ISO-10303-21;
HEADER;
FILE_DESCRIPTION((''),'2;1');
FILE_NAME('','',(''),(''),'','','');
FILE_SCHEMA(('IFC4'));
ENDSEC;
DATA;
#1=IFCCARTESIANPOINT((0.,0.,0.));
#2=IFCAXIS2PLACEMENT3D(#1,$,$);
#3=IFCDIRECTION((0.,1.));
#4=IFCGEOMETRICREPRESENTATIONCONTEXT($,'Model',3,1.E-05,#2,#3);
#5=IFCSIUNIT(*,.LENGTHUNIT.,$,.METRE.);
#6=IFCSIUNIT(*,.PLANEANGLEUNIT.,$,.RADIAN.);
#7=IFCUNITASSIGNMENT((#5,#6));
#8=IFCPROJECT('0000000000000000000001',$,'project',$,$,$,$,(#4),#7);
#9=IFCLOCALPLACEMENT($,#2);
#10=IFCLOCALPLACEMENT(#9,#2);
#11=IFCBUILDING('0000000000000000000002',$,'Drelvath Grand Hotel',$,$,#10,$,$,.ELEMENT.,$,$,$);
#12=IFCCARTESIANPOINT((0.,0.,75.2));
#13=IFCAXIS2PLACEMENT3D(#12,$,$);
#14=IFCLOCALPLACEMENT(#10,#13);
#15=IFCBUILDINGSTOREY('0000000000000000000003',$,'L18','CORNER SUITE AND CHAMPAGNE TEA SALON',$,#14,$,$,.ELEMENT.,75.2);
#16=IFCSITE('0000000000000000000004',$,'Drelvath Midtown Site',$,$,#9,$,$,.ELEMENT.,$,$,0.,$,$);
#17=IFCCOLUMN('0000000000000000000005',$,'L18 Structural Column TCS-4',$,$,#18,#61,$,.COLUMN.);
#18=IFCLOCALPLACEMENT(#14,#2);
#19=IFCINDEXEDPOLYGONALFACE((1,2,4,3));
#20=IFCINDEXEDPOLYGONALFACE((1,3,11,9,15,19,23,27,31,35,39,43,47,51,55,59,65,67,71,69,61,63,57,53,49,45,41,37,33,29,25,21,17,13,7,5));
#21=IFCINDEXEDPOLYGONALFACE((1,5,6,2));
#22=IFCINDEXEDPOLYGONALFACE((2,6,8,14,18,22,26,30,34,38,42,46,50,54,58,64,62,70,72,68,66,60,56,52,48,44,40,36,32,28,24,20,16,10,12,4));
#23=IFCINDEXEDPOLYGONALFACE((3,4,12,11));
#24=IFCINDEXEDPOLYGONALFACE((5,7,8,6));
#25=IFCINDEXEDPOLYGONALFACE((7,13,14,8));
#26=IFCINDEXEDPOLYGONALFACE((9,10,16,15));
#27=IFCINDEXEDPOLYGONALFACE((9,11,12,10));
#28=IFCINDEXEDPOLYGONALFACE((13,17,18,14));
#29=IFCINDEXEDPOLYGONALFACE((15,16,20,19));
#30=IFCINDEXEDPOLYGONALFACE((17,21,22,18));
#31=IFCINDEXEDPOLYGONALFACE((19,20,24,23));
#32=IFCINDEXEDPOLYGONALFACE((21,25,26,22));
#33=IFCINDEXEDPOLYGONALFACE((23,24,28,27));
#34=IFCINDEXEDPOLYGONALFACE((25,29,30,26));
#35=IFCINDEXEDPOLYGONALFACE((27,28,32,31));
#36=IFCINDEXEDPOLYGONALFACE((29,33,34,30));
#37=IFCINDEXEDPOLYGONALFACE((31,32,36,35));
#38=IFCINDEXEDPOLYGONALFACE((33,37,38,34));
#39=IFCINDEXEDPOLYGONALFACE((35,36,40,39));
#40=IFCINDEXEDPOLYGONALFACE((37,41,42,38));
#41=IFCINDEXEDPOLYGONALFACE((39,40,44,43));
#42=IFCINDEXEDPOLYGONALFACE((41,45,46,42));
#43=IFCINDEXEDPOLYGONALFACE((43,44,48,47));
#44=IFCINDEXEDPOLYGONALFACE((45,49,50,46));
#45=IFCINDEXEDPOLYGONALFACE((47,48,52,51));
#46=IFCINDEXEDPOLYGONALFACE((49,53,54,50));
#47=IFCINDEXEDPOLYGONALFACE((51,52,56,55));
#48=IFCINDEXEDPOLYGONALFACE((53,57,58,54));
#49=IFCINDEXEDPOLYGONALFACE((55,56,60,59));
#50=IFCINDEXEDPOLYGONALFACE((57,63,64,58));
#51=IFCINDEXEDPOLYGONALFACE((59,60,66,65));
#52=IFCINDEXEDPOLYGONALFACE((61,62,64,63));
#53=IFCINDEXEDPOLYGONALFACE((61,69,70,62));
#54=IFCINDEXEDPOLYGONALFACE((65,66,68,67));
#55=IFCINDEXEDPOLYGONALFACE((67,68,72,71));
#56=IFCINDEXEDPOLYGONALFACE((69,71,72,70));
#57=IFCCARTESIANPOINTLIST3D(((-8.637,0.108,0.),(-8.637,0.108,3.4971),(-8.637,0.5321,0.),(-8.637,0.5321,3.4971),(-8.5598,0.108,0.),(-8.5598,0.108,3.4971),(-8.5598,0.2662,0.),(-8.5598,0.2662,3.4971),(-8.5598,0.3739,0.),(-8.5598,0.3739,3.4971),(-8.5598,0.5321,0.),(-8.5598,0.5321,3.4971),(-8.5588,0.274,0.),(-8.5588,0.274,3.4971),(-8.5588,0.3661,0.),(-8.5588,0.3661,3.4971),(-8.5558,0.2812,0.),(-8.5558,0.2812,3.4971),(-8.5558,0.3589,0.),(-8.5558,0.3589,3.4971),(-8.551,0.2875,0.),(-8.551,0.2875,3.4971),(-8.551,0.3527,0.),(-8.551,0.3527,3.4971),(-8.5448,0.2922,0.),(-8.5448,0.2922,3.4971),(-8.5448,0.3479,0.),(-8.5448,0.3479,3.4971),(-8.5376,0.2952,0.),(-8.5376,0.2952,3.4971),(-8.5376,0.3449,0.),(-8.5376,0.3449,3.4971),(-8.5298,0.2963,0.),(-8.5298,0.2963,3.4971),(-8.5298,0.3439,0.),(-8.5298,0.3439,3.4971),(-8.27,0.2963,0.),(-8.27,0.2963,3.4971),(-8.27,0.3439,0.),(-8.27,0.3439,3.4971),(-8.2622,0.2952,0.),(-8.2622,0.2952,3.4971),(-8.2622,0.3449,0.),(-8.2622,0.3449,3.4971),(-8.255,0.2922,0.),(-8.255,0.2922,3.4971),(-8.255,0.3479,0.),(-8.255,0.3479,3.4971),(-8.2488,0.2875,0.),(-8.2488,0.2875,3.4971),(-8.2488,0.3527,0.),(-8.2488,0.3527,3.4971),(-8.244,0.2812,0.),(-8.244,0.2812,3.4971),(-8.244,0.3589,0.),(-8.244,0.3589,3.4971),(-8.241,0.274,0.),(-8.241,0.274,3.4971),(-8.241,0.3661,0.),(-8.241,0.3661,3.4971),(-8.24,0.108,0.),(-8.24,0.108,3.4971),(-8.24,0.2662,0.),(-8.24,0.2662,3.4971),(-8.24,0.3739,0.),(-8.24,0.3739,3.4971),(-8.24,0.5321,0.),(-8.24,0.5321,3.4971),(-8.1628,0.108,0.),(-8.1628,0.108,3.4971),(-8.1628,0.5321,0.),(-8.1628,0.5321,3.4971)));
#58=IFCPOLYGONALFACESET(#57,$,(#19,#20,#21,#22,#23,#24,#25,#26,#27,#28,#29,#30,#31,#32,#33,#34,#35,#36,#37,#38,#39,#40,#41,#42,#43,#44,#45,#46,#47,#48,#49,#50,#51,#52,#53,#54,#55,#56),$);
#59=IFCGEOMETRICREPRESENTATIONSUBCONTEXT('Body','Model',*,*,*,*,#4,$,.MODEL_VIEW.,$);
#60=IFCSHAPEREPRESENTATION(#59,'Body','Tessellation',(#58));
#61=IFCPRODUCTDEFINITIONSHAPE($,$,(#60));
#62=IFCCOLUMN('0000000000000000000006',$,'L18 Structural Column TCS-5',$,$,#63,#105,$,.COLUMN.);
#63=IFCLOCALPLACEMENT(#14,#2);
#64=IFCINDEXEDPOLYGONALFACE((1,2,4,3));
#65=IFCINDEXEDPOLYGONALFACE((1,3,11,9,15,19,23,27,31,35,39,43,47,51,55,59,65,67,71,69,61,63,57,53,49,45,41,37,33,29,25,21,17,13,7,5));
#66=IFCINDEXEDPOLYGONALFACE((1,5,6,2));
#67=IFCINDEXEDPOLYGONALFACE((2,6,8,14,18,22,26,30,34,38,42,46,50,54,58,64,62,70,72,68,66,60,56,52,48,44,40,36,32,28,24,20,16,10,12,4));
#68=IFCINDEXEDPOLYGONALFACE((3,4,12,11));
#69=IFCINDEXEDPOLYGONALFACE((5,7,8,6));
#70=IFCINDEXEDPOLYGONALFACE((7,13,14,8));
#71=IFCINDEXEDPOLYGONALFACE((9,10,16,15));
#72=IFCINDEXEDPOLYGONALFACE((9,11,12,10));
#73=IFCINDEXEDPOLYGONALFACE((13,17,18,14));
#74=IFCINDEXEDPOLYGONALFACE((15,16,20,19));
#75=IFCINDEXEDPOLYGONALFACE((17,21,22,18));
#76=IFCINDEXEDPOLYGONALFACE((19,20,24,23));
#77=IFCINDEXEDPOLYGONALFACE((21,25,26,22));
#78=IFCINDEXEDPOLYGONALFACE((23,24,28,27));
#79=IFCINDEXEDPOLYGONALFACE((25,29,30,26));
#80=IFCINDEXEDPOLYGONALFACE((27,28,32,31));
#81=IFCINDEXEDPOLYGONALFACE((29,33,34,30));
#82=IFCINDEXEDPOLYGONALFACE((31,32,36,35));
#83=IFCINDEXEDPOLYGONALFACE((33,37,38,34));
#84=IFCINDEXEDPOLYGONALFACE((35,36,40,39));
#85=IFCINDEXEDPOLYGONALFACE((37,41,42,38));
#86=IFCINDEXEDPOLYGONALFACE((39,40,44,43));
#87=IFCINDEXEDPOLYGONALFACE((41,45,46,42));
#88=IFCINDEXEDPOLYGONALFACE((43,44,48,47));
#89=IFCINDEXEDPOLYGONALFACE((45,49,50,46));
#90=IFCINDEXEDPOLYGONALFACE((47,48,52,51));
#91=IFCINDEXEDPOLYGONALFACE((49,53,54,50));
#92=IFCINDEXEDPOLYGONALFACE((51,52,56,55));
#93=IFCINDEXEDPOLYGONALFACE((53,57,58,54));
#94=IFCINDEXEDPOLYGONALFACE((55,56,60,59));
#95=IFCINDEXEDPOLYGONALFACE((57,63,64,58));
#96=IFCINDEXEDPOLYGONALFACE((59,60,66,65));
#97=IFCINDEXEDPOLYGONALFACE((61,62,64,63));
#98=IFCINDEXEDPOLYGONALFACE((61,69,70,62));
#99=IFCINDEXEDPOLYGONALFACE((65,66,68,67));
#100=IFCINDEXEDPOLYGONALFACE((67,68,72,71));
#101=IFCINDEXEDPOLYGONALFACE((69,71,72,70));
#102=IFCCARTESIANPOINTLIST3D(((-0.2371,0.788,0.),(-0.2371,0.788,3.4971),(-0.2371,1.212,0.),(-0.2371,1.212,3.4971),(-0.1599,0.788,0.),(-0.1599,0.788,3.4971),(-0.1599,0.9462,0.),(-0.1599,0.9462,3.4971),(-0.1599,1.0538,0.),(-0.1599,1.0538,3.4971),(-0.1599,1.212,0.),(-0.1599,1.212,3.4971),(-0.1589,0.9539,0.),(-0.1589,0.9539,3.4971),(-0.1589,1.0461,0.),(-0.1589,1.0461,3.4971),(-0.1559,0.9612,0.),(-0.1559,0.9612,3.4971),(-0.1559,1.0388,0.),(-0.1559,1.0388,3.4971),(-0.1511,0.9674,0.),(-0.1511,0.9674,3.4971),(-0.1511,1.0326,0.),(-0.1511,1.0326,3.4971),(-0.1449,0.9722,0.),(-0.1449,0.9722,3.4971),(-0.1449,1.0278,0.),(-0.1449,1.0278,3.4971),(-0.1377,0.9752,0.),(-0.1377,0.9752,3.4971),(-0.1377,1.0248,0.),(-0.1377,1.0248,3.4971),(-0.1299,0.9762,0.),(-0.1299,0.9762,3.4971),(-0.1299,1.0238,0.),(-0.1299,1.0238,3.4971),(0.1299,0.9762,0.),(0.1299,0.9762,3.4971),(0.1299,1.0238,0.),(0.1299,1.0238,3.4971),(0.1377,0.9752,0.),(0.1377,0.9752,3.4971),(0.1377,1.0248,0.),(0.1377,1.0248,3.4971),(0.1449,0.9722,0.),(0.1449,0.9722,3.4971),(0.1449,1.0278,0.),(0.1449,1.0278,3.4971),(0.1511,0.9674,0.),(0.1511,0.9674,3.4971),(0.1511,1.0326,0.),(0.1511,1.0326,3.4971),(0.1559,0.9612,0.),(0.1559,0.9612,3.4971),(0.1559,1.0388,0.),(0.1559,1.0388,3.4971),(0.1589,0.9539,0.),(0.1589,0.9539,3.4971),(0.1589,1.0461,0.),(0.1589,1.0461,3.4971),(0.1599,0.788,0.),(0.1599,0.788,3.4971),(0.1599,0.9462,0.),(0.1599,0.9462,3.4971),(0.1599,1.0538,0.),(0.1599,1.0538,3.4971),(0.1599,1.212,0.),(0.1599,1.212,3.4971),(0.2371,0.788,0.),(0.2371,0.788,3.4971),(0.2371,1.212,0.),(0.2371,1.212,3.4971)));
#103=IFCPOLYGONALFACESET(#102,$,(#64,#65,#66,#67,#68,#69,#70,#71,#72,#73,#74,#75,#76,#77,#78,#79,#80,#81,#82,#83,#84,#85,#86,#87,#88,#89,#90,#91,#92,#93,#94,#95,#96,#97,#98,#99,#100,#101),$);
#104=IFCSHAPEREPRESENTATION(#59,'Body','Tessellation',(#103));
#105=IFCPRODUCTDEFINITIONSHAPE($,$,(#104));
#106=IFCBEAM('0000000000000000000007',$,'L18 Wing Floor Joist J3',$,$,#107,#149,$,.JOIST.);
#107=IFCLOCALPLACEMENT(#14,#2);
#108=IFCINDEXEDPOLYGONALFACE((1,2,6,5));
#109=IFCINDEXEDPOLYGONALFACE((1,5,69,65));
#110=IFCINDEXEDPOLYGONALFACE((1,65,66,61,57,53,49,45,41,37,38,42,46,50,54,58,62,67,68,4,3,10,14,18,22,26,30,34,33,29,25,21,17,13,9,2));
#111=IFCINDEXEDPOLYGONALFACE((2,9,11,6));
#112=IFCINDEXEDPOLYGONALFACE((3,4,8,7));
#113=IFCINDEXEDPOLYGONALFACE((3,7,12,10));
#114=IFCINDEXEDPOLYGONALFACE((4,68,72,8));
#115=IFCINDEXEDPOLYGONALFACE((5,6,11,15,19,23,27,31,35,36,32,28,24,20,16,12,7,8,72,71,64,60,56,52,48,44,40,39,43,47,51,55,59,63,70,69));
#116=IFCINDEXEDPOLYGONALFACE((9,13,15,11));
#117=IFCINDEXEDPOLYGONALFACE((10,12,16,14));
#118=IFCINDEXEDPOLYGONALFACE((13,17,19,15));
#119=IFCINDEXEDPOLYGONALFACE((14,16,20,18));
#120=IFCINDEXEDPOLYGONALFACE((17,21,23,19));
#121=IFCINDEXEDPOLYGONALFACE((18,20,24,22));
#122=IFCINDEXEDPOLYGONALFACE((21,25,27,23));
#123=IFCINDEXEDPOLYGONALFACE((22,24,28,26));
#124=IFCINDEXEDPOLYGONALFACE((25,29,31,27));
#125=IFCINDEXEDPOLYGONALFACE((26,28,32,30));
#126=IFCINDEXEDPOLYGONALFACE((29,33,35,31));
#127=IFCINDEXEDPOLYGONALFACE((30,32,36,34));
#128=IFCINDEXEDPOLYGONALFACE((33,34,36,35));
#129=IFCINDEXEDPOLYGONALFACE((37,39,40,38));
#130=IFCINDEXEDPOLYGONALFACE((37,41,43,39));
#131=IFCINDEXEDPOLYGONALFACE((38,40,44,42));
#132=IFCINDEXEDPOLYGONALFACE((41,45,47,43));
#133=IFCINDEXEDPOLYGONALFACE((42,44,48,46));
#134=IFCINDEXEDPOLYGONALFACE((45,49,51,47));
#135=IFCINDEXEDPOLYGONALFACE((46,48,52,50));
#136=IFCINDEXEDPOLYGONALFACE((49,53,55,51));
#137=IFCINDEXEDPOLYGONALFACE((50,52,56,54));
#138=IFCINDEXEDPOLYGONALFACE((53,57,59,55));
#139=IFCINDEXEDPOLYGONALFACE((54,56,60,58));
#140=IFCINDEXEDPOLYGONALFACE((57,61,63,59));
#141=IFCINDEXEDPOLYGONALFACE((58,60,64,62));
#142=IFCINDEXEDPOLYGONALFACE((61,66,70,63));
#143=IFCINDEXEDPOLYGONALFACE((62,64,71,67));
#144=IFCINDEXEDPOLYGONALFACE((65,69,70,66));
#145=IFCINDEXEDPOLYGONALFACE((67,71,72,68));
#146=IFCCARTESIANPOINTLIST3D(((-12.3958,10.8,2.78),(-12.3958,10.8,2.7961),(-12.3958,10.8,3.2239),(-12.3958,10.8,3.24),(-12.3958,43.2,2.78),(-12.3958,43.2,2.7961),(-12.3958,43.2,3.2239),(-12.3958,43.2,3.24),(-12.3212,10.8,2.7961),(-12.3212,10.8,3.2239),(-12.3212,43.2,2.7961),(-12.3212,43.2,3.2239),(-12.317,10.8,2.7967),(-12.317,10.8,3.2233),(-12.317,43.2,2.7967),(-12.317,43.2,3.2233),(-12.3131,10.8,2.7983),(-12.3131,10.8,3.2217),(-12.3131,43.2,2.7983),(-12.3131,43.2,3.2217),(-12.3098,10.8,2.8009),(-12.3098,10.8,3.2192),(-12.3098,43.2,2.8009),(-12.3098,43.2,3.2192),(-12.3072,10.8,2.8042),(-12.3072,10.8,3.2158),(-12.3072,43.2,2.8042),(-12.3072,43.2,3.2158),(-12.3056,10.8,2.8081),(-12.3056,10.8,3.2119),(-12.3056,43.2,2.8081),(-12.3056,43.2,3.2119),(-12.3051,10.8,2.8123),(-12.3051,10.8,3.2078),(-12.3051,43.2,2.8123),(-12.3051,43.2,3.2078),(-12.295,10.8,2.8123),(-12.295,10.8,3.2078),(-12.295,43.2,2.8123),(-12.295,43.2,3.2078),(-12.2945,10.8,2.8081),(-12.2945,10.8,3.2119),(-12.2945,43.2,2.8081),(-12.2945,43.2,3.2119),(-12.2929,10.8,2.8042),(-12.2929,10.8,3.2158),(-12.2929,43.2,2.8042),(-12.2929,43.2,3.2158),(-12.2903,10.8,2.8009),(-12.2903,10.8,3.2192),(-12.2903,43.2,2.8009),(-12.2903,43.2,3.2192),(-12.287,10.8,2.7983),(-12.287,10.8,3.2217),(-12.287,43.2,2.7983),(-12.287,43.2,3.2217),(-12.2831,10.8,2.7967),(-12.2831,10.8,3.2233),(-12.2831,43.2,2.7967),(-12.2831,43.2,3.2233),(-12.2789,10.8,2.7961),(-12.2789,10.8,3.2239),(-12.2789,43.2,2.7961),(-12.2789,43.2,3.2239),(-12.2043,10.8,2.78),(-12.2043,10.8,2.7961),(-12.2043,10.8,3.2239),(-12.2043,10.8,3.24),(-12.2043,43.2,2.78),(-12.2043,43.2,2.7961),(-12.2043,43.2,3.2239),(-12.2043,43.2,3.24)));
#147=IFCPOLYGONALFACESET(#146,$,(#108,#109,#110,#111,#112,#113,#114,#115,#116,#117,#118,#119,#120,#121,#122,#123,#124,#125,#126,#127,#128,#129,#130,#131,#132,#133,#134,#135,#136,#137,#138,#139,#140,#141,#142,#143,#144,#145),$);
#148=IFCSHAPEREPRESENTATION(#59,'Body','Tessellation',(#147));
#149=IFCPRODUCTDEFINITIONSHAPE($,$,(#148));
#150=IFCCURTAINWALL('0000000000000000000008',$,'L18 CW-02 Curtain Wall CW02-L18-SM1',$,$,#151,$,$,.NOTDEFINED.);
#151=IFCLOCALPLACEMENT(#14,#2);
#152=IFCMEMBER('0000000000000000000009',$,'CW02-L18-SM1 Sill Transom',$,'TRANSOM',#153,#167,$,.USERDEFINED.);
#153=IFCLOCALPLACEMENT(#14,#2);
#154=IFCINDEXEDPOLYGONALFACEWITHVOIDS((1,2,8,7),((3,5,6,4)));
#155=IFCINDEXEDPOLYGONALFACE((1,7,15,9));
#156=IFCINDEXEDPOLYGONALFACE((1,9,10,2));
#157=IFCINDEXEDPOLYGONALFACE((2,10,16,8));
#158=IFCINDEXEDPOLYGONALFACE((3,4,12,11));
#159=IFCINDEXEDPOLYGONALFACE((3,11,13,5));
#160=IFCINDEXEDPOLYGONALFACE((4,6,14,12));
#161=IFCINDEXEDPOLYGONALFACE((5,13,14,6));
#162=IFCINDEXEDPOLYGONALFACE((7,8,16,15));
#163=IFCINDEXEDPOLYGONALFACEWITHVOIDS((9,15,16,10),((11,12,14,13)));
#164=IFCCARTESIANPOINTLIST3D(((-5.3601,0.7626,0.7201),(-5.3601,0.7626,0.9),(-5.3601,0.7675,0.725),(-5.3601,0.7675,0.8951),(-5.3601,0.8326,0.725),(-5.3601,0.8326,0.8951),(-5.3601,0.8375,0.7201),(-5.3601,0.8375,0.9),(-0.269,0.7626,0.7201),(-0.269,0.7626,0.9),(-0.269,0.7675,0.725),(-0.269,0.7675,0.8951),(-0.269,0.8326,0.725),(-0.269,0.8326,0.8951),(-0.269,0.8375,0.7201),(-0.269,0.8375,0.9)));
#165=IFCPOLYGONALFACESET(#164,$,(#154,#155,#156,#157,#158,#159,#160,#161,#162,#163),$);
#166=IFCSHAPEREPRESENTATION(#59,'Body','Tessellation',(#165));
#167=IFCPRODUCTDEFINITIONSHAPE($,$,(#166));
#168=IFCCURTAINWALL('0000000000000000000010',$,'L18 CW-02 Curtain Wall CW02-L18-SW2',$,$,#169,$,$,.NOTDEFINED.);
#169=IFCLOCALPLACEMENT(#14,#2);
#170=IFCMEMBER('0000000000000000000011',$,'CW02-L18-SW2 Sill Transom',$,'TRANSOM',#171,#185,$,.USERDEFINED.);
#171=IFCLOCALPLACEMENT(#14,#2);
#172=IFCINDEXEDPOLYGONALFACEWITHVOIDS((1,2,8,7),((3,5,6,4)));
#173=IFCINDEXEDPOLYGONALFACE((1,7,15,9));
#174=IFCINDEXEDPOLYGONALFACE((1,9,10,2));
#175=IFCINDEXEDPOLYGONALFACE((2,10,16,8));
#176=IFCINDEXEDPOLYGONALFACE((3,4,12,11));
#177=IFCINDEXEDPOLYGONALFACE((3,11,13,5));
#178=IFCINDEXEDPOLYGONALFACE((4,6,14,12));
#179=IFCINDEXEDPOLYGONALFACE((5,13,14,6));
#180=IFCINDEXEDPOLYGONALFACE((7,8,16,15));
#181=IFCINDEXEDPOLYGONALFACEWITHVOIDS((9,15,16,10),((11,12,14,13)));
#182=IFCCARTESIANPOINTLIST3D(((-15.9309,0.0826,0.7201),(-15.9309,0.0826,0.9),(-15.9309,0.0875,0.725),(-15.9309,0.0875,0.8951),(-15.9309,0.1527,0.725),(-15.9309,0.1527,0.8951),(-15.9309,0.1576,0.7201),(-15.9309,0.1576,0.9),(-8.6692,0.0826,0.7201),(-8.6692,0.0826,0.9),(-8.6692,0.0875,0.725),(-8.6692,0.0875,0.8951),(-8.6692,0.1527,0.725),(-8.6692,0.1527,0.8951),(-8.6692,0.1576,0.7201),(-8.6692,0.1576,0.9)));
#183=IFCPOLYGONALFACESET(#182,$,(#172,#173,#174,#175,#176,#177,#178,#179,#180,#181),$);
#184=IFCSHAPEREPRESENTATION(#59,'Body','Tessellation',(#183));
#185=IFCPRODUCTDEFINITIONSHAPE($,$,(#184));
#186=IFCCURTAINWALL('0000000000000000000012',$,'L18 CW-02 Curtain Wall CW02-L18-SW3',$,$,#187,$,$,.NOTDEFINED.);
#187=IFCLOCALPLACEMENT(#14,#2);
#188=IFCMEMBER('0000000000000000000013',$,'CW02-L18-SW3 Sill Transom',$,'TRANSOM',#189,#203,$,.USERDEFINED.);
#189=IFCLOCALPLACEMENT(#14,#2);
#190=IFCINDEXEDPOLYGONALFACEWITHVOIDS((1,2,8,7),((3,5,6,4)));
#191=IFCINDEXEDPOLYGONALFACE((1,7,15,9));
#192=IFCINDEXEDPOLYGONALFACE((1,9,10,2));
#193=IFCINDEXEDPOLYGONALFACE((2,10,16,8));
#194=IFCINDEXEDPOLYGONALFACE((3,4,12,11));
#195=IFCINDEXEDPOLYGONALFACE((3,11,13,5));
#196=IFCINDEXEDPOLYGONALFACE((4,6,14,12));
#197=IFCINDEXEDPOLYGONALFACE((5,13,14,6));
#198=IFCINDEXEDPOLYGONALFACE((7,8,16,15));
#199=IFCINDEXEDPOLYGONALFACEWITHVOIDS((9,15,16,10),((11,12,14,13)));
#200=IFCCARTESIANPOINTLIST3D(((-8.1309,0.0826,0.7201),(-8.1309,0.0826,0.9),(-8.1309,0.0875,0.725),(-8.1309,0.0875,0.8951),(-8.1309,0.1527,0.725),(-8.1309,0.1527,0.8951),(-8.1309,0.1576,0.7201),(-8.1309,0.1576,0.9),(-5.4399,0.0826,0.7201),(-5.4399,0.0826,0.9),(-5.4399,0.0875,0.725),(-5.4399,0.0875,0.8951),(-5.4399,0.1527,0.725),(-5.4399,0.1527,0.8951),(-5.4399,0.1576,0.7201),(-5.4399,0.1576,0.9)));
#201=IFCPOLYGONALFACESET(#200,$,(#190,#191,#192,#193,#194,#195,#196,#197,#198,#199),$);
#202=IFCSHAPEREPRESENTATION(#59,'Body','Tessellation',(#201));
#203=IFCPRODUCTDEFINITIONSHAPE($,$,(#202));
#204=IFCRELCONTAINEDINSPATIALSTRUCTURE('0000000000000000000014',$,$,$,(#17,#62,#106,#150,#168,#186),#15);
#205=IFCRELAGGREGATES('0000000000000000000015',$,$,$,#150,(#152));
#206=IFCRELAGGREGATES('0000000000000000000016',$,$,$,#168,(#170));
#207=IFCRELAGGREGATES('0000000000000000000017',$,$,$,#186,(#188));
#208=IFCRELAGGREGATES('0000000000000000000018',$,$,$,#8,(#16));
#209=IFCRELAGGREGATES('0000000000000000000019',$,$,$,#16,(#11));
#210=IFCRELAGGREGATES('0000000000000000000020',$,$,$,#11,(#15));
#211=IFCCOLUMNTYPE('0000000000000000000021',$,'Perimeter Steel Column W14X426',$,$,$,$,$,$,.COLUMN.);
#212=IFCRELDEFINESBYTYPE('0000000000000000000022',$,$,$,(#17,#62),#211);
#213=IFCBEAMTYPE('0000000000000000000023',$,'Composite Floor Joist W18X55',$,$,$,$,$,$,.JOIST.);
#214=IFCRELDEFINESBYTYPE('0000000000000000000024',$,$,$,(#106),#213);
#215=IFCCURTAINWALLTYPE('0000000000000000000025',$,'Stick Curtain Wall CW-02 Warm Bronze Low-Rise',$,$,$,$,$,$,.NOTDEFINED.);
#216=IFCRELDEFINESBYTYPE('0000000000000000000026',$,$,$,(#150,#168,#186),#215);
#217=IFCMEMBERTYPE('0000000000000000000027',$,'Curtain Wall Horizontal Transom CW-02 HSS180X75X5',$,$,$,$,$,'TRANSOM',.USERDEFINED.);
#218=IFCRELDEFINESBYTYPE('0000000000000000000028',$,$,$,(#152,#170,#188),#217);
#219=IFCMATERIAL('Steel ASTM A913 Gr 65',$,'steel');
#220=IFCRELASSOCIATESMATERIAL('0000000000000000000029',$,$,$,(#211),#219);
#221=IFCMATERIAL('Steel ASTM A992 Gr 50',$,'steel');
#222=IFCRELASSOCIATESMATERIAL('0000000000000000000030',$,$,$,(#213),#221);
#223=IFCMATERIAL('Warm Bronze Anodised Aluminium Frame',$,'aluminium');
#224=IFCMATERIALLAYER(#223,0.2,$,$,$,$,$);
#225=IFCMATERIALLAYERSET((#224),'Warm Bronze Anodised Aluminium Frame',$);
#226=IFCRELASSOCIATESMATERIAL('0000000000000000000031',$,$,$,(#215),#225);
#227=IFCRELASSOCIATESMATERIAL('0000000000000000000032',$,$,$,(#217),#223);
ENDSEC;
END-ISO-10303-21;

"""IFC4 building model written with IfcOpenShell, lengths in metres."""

from ifc_helpers import new_model, si_unit, direction, frame, origin, origin_2d, place, context, subcontext, project, spatial, hollow_rectangle, i_section, extrude, material, layer, layer_set, material_profile, profile_set, type_object, element, aggregate, save


model = new_model("IFC4")

# Units and contexts
model_context = context("Model", 3, precision=1e-05, world=origin(), true_north=direction((0.0, 1.0)))
body_context = subcontext(model_context, "Body", "Model", "MODEL_VIEW")
ifc_project = project(units=[si_unit("LENGTHUNIT", "METRE"), si_unit("PLANEANGLEUNIT", "RADIAN")], contexts=[model_context])

# Site, building, storey
site_placement = place(None, origin())
site = spatial("IfcSite", under=ifc_project, at=site_placement, Name="Drelvath Midtown Site", CompositionType="ELEMENT", RefElevation=0.0)
building_placement = place(site_placement, origin())
building = spatial("IfcBuilding", under=site, at=building_placement, Name="Drelvath Grand Hotel", CompositionType="ELEMENT")
storey_placement = place(building_placement, frame((0.0, 0.0, 75.2)))
storey = spatial("IfcBuildingStorey", under=building, at=storey_placement, Name="L18", Description="CORNER SUITE AND CHAMPAGNE TEA SALON", CompositionType="ELEMENT", Elevation=75.2)

# Columns
ifc_material_1 = material(Name="Steel ASTM A913 Gr 65", Category="steel")
ifc_material_profile_1 = material_profile(ifc_material_1, i_section(OverallWidth=0.4241, OverallDepth=0.4741, WebThickness=0.0476, FlangeThickness=0.0771, FilletRadius=0.03, at=origin_2d()), Name="W14X426")
ifc_profile_set_1 = profile_set([ifc_material_profile_1], Name="Steel ASTM A913 Gr 65")
column_type = type_object("IfcColumnType", Name="Perimeter Steel Column W14X426", PredefinedType="COLUMN", material=ifc_profile_set_1)
for number, where, z_axis, x_axis, name in (
    (1, (-8.3999, 0.3201, 0.0), (0.0, 0.0, 1.0), (0.0, 1.0, 0.0), "L18 Structural Column TCS-4"),
    (2, (0.0, 1.0, 0.0), (0.0, 0.0, 1.0), (0.0, 1.0, 0.0), "L18 Structural Column TCS-5"),
):
    element("IfcColumn", number, at=place(storey_placement, frame(where, z_axis=z_axis, x_axis=x_axis)), inside=storey, type_object=column_type, Name=name, PredefinedType="COLUMN", context=body_context, shape_type="SweptSolid", body=[
        extrude(i_section(OverallWidth=0.4241, OverallDepth=0.4741, WebThickness=0.0476, FlangeThickness=0.0771, FilletRadius=0.03, at=origin_2d()), origin(), (0.0, 0.0, 1.0), 3.4971),
    ])

# Beam
ifc_material_2 = material(Name="Steel ASTM A992 Gr 50", Category="steel")
ifc_material_profile_2 = material_profile(ifc_material_2, i_section(OverallWidth=0.1914, OverallDepth=0.46, WebThickness=0.01, FlangeThickness=0.0161, FilletRadius=0.0161, at=origin_2d()), Name="W18X55")
ifc_profile_set_2 = profile_set([ifc_material_profile_2], Name="Steel ASTM A992 Gr 50")
beam_type_1 = type_object("IfcBeamType", Name="Composite Floor Joist W18X55", PredefinedType="JOIST", material=ifc_profile_set_2)
beam_1_placement = place(storey_placement, frame((-12.3, 10.8, 3.01), z_axis=(0.0, 1.0, 0.0), x_axis=(-1.0, 0.0, 0.0)))
element("IfcBeam", 3, at=beam_1_placement, inside=storey, type_object=beam_type_1, Name="L18 Wing Floor Joist J3", PredefinedType="JOIST", context=body_context, shape_type="SweptSolid", body=[
    extrude(i_section(OverallWidth=0.1914, OverallDepth=0.46, WebThickness=0.01, FlangeThickness=0.0161, FilletRadius=0.0161, at=origin_2d()), origin(), (0.0, 0.0, 1.0), 32.3999),
])

# Curtain walls, members
ifc_material_3 = material(Name="Warm Bronze Anodised Aluminium Frame", Category="aluminium")
ifc_layer_1 = layer(ifc_material_3, 0.2)
ifc_layer_set_1 = layer_set([ifc_layer_1], Name="Warm Bronze Anodised Aluminium Frame")
curtain_wall_type = type_object("IfcCurtainWallType", Name="Stick Curtain Wall CW-02 Warm Bronze Low-Rise", PredefinedType="NOTDEFINED", material=ifc_layer_set_1)
curtain_wall_1_placement = place(storey_placement, origin())
curtain_wall_1 = element("IfcCurtainWall", 4, at=curtain_wall_1_placement, inside=storey, type_object=curtain_wall_type, Name="L18 CW-02 Curtain Wall CW02-L18-SM1", PredefinedType="NOTDEFINED")
ifc_material_profile_3 = material_profile(ifc_material_3, hollow_rectangle(XDim=0.075, YDim=0.1799, WallThickness=0.0049, at=origin_2d()), Name="HSS180X75X5")
ifc_profile_set_3 = profile_set([ifc_material_profile_3], Name="Warm Bronze Anodised Aluminium Frame")
member_type_1 = type_object("IfcMemberType", Name="Curtain Wall Horizontal Transom CW-02 HSS180X75X5", ElementType="TRANSOM", PredefinedType="USERDEFINED", material=ifc_profile_set_3)
member_1_placement = place(storey_placement, frame((-0.269, 0.8, 0.8101), z_axis=(-1.0, 0.0, 0.0), x_axis=(0.0, -1.0, 0.0)))
member_1 = element("IfcMember", 5, at=member_1_placement, type_object=member_type_1, Name="CW02-L18-SM1 Sill Transom", ObjectType="TRANSOM", PredefinedType="USERDEFINED", context=body_context, shape_type="SweptSolid", body=[
    extrude(hollow_rectangle(XDim=0.075, YDim=0.1799, WallThickness=0.0049, at=origin_2d()), origin(), (0.0, 0.0, 1.0), 5.0911),
])
curtain_wall_2_placement = place(storey_placement, origin())
curtain_wall_2 = element("IfcCurtainWall", 6, at=curtain_wall_2_placement, inside=storey, type_object=curtain_wall_type, Name="L18 CW-02 Curtain Wall CW02-L18-SW2", PredefinedType="NOTDEFINED")
member_2_placement = place(storey_placement, frame((-8.6692, 0.1201, 0.8101), z_axis=(-1.0, 0.0, 0.0), x_axis=(0.0, -1.0, 0.0)))
member_2 = element("IfcMember", 7, at=member_2_placement, type_object=member_type_1, Name="CW02-L18-SW2 Sill Transom", ObjectType="TRANSOM", PredefinedType="USERDEFINED", context=body_context, shape_type="SweptSolid", body=[
    extrude(hollow_rectangle(XDim=0.075, YDim=0.1799, WallThickness=0.0049, at=origin_2d()), origin(), (0.0, 0.0, 1.0), 7.2617),
])
curtain_wall_3_placement = place(storey_placement, origin())
curtain_wall_3 = element("IfcCurtainWall", 8, at=curtain_wall_3_placement, inside=storey, type_object=curtain_wall_type, Name="L18 CW-02 Curtain Wall CW02-L18-SW3", PredefinedType="NOTDEFINED")
member_3_placement = place(storey_placement, frame((-5.4399, 0.1201, 0.8101), z_axis=(-1.0, 0.0, 0.0), x_axis=(0.0, -1.0, 0.0)))
member_3 = element("IfcMember", 9, at=member_3_placement, type_object=member_type_1, Name="CW02-L18-SW3 Sill Transom", ObjectType="TRANSOM", PredefinedType="USERDEFINED", context=body_context, shape_type="SweptSolid", body=[
    extrude(hollow_rectangle(XDim=0.075, YDim=0.1799, WallThickness=0.0049, at=origin_2d()), origin(), (0.0, 0.0, 1.0), 2.6909),
])

aggregate(curtain_wall_1, [member_1])
aggregate(curtain_wall_2, [member_2])
aggregate(curtain_wall_3, [member_3])

save(model, "model.ifc")
